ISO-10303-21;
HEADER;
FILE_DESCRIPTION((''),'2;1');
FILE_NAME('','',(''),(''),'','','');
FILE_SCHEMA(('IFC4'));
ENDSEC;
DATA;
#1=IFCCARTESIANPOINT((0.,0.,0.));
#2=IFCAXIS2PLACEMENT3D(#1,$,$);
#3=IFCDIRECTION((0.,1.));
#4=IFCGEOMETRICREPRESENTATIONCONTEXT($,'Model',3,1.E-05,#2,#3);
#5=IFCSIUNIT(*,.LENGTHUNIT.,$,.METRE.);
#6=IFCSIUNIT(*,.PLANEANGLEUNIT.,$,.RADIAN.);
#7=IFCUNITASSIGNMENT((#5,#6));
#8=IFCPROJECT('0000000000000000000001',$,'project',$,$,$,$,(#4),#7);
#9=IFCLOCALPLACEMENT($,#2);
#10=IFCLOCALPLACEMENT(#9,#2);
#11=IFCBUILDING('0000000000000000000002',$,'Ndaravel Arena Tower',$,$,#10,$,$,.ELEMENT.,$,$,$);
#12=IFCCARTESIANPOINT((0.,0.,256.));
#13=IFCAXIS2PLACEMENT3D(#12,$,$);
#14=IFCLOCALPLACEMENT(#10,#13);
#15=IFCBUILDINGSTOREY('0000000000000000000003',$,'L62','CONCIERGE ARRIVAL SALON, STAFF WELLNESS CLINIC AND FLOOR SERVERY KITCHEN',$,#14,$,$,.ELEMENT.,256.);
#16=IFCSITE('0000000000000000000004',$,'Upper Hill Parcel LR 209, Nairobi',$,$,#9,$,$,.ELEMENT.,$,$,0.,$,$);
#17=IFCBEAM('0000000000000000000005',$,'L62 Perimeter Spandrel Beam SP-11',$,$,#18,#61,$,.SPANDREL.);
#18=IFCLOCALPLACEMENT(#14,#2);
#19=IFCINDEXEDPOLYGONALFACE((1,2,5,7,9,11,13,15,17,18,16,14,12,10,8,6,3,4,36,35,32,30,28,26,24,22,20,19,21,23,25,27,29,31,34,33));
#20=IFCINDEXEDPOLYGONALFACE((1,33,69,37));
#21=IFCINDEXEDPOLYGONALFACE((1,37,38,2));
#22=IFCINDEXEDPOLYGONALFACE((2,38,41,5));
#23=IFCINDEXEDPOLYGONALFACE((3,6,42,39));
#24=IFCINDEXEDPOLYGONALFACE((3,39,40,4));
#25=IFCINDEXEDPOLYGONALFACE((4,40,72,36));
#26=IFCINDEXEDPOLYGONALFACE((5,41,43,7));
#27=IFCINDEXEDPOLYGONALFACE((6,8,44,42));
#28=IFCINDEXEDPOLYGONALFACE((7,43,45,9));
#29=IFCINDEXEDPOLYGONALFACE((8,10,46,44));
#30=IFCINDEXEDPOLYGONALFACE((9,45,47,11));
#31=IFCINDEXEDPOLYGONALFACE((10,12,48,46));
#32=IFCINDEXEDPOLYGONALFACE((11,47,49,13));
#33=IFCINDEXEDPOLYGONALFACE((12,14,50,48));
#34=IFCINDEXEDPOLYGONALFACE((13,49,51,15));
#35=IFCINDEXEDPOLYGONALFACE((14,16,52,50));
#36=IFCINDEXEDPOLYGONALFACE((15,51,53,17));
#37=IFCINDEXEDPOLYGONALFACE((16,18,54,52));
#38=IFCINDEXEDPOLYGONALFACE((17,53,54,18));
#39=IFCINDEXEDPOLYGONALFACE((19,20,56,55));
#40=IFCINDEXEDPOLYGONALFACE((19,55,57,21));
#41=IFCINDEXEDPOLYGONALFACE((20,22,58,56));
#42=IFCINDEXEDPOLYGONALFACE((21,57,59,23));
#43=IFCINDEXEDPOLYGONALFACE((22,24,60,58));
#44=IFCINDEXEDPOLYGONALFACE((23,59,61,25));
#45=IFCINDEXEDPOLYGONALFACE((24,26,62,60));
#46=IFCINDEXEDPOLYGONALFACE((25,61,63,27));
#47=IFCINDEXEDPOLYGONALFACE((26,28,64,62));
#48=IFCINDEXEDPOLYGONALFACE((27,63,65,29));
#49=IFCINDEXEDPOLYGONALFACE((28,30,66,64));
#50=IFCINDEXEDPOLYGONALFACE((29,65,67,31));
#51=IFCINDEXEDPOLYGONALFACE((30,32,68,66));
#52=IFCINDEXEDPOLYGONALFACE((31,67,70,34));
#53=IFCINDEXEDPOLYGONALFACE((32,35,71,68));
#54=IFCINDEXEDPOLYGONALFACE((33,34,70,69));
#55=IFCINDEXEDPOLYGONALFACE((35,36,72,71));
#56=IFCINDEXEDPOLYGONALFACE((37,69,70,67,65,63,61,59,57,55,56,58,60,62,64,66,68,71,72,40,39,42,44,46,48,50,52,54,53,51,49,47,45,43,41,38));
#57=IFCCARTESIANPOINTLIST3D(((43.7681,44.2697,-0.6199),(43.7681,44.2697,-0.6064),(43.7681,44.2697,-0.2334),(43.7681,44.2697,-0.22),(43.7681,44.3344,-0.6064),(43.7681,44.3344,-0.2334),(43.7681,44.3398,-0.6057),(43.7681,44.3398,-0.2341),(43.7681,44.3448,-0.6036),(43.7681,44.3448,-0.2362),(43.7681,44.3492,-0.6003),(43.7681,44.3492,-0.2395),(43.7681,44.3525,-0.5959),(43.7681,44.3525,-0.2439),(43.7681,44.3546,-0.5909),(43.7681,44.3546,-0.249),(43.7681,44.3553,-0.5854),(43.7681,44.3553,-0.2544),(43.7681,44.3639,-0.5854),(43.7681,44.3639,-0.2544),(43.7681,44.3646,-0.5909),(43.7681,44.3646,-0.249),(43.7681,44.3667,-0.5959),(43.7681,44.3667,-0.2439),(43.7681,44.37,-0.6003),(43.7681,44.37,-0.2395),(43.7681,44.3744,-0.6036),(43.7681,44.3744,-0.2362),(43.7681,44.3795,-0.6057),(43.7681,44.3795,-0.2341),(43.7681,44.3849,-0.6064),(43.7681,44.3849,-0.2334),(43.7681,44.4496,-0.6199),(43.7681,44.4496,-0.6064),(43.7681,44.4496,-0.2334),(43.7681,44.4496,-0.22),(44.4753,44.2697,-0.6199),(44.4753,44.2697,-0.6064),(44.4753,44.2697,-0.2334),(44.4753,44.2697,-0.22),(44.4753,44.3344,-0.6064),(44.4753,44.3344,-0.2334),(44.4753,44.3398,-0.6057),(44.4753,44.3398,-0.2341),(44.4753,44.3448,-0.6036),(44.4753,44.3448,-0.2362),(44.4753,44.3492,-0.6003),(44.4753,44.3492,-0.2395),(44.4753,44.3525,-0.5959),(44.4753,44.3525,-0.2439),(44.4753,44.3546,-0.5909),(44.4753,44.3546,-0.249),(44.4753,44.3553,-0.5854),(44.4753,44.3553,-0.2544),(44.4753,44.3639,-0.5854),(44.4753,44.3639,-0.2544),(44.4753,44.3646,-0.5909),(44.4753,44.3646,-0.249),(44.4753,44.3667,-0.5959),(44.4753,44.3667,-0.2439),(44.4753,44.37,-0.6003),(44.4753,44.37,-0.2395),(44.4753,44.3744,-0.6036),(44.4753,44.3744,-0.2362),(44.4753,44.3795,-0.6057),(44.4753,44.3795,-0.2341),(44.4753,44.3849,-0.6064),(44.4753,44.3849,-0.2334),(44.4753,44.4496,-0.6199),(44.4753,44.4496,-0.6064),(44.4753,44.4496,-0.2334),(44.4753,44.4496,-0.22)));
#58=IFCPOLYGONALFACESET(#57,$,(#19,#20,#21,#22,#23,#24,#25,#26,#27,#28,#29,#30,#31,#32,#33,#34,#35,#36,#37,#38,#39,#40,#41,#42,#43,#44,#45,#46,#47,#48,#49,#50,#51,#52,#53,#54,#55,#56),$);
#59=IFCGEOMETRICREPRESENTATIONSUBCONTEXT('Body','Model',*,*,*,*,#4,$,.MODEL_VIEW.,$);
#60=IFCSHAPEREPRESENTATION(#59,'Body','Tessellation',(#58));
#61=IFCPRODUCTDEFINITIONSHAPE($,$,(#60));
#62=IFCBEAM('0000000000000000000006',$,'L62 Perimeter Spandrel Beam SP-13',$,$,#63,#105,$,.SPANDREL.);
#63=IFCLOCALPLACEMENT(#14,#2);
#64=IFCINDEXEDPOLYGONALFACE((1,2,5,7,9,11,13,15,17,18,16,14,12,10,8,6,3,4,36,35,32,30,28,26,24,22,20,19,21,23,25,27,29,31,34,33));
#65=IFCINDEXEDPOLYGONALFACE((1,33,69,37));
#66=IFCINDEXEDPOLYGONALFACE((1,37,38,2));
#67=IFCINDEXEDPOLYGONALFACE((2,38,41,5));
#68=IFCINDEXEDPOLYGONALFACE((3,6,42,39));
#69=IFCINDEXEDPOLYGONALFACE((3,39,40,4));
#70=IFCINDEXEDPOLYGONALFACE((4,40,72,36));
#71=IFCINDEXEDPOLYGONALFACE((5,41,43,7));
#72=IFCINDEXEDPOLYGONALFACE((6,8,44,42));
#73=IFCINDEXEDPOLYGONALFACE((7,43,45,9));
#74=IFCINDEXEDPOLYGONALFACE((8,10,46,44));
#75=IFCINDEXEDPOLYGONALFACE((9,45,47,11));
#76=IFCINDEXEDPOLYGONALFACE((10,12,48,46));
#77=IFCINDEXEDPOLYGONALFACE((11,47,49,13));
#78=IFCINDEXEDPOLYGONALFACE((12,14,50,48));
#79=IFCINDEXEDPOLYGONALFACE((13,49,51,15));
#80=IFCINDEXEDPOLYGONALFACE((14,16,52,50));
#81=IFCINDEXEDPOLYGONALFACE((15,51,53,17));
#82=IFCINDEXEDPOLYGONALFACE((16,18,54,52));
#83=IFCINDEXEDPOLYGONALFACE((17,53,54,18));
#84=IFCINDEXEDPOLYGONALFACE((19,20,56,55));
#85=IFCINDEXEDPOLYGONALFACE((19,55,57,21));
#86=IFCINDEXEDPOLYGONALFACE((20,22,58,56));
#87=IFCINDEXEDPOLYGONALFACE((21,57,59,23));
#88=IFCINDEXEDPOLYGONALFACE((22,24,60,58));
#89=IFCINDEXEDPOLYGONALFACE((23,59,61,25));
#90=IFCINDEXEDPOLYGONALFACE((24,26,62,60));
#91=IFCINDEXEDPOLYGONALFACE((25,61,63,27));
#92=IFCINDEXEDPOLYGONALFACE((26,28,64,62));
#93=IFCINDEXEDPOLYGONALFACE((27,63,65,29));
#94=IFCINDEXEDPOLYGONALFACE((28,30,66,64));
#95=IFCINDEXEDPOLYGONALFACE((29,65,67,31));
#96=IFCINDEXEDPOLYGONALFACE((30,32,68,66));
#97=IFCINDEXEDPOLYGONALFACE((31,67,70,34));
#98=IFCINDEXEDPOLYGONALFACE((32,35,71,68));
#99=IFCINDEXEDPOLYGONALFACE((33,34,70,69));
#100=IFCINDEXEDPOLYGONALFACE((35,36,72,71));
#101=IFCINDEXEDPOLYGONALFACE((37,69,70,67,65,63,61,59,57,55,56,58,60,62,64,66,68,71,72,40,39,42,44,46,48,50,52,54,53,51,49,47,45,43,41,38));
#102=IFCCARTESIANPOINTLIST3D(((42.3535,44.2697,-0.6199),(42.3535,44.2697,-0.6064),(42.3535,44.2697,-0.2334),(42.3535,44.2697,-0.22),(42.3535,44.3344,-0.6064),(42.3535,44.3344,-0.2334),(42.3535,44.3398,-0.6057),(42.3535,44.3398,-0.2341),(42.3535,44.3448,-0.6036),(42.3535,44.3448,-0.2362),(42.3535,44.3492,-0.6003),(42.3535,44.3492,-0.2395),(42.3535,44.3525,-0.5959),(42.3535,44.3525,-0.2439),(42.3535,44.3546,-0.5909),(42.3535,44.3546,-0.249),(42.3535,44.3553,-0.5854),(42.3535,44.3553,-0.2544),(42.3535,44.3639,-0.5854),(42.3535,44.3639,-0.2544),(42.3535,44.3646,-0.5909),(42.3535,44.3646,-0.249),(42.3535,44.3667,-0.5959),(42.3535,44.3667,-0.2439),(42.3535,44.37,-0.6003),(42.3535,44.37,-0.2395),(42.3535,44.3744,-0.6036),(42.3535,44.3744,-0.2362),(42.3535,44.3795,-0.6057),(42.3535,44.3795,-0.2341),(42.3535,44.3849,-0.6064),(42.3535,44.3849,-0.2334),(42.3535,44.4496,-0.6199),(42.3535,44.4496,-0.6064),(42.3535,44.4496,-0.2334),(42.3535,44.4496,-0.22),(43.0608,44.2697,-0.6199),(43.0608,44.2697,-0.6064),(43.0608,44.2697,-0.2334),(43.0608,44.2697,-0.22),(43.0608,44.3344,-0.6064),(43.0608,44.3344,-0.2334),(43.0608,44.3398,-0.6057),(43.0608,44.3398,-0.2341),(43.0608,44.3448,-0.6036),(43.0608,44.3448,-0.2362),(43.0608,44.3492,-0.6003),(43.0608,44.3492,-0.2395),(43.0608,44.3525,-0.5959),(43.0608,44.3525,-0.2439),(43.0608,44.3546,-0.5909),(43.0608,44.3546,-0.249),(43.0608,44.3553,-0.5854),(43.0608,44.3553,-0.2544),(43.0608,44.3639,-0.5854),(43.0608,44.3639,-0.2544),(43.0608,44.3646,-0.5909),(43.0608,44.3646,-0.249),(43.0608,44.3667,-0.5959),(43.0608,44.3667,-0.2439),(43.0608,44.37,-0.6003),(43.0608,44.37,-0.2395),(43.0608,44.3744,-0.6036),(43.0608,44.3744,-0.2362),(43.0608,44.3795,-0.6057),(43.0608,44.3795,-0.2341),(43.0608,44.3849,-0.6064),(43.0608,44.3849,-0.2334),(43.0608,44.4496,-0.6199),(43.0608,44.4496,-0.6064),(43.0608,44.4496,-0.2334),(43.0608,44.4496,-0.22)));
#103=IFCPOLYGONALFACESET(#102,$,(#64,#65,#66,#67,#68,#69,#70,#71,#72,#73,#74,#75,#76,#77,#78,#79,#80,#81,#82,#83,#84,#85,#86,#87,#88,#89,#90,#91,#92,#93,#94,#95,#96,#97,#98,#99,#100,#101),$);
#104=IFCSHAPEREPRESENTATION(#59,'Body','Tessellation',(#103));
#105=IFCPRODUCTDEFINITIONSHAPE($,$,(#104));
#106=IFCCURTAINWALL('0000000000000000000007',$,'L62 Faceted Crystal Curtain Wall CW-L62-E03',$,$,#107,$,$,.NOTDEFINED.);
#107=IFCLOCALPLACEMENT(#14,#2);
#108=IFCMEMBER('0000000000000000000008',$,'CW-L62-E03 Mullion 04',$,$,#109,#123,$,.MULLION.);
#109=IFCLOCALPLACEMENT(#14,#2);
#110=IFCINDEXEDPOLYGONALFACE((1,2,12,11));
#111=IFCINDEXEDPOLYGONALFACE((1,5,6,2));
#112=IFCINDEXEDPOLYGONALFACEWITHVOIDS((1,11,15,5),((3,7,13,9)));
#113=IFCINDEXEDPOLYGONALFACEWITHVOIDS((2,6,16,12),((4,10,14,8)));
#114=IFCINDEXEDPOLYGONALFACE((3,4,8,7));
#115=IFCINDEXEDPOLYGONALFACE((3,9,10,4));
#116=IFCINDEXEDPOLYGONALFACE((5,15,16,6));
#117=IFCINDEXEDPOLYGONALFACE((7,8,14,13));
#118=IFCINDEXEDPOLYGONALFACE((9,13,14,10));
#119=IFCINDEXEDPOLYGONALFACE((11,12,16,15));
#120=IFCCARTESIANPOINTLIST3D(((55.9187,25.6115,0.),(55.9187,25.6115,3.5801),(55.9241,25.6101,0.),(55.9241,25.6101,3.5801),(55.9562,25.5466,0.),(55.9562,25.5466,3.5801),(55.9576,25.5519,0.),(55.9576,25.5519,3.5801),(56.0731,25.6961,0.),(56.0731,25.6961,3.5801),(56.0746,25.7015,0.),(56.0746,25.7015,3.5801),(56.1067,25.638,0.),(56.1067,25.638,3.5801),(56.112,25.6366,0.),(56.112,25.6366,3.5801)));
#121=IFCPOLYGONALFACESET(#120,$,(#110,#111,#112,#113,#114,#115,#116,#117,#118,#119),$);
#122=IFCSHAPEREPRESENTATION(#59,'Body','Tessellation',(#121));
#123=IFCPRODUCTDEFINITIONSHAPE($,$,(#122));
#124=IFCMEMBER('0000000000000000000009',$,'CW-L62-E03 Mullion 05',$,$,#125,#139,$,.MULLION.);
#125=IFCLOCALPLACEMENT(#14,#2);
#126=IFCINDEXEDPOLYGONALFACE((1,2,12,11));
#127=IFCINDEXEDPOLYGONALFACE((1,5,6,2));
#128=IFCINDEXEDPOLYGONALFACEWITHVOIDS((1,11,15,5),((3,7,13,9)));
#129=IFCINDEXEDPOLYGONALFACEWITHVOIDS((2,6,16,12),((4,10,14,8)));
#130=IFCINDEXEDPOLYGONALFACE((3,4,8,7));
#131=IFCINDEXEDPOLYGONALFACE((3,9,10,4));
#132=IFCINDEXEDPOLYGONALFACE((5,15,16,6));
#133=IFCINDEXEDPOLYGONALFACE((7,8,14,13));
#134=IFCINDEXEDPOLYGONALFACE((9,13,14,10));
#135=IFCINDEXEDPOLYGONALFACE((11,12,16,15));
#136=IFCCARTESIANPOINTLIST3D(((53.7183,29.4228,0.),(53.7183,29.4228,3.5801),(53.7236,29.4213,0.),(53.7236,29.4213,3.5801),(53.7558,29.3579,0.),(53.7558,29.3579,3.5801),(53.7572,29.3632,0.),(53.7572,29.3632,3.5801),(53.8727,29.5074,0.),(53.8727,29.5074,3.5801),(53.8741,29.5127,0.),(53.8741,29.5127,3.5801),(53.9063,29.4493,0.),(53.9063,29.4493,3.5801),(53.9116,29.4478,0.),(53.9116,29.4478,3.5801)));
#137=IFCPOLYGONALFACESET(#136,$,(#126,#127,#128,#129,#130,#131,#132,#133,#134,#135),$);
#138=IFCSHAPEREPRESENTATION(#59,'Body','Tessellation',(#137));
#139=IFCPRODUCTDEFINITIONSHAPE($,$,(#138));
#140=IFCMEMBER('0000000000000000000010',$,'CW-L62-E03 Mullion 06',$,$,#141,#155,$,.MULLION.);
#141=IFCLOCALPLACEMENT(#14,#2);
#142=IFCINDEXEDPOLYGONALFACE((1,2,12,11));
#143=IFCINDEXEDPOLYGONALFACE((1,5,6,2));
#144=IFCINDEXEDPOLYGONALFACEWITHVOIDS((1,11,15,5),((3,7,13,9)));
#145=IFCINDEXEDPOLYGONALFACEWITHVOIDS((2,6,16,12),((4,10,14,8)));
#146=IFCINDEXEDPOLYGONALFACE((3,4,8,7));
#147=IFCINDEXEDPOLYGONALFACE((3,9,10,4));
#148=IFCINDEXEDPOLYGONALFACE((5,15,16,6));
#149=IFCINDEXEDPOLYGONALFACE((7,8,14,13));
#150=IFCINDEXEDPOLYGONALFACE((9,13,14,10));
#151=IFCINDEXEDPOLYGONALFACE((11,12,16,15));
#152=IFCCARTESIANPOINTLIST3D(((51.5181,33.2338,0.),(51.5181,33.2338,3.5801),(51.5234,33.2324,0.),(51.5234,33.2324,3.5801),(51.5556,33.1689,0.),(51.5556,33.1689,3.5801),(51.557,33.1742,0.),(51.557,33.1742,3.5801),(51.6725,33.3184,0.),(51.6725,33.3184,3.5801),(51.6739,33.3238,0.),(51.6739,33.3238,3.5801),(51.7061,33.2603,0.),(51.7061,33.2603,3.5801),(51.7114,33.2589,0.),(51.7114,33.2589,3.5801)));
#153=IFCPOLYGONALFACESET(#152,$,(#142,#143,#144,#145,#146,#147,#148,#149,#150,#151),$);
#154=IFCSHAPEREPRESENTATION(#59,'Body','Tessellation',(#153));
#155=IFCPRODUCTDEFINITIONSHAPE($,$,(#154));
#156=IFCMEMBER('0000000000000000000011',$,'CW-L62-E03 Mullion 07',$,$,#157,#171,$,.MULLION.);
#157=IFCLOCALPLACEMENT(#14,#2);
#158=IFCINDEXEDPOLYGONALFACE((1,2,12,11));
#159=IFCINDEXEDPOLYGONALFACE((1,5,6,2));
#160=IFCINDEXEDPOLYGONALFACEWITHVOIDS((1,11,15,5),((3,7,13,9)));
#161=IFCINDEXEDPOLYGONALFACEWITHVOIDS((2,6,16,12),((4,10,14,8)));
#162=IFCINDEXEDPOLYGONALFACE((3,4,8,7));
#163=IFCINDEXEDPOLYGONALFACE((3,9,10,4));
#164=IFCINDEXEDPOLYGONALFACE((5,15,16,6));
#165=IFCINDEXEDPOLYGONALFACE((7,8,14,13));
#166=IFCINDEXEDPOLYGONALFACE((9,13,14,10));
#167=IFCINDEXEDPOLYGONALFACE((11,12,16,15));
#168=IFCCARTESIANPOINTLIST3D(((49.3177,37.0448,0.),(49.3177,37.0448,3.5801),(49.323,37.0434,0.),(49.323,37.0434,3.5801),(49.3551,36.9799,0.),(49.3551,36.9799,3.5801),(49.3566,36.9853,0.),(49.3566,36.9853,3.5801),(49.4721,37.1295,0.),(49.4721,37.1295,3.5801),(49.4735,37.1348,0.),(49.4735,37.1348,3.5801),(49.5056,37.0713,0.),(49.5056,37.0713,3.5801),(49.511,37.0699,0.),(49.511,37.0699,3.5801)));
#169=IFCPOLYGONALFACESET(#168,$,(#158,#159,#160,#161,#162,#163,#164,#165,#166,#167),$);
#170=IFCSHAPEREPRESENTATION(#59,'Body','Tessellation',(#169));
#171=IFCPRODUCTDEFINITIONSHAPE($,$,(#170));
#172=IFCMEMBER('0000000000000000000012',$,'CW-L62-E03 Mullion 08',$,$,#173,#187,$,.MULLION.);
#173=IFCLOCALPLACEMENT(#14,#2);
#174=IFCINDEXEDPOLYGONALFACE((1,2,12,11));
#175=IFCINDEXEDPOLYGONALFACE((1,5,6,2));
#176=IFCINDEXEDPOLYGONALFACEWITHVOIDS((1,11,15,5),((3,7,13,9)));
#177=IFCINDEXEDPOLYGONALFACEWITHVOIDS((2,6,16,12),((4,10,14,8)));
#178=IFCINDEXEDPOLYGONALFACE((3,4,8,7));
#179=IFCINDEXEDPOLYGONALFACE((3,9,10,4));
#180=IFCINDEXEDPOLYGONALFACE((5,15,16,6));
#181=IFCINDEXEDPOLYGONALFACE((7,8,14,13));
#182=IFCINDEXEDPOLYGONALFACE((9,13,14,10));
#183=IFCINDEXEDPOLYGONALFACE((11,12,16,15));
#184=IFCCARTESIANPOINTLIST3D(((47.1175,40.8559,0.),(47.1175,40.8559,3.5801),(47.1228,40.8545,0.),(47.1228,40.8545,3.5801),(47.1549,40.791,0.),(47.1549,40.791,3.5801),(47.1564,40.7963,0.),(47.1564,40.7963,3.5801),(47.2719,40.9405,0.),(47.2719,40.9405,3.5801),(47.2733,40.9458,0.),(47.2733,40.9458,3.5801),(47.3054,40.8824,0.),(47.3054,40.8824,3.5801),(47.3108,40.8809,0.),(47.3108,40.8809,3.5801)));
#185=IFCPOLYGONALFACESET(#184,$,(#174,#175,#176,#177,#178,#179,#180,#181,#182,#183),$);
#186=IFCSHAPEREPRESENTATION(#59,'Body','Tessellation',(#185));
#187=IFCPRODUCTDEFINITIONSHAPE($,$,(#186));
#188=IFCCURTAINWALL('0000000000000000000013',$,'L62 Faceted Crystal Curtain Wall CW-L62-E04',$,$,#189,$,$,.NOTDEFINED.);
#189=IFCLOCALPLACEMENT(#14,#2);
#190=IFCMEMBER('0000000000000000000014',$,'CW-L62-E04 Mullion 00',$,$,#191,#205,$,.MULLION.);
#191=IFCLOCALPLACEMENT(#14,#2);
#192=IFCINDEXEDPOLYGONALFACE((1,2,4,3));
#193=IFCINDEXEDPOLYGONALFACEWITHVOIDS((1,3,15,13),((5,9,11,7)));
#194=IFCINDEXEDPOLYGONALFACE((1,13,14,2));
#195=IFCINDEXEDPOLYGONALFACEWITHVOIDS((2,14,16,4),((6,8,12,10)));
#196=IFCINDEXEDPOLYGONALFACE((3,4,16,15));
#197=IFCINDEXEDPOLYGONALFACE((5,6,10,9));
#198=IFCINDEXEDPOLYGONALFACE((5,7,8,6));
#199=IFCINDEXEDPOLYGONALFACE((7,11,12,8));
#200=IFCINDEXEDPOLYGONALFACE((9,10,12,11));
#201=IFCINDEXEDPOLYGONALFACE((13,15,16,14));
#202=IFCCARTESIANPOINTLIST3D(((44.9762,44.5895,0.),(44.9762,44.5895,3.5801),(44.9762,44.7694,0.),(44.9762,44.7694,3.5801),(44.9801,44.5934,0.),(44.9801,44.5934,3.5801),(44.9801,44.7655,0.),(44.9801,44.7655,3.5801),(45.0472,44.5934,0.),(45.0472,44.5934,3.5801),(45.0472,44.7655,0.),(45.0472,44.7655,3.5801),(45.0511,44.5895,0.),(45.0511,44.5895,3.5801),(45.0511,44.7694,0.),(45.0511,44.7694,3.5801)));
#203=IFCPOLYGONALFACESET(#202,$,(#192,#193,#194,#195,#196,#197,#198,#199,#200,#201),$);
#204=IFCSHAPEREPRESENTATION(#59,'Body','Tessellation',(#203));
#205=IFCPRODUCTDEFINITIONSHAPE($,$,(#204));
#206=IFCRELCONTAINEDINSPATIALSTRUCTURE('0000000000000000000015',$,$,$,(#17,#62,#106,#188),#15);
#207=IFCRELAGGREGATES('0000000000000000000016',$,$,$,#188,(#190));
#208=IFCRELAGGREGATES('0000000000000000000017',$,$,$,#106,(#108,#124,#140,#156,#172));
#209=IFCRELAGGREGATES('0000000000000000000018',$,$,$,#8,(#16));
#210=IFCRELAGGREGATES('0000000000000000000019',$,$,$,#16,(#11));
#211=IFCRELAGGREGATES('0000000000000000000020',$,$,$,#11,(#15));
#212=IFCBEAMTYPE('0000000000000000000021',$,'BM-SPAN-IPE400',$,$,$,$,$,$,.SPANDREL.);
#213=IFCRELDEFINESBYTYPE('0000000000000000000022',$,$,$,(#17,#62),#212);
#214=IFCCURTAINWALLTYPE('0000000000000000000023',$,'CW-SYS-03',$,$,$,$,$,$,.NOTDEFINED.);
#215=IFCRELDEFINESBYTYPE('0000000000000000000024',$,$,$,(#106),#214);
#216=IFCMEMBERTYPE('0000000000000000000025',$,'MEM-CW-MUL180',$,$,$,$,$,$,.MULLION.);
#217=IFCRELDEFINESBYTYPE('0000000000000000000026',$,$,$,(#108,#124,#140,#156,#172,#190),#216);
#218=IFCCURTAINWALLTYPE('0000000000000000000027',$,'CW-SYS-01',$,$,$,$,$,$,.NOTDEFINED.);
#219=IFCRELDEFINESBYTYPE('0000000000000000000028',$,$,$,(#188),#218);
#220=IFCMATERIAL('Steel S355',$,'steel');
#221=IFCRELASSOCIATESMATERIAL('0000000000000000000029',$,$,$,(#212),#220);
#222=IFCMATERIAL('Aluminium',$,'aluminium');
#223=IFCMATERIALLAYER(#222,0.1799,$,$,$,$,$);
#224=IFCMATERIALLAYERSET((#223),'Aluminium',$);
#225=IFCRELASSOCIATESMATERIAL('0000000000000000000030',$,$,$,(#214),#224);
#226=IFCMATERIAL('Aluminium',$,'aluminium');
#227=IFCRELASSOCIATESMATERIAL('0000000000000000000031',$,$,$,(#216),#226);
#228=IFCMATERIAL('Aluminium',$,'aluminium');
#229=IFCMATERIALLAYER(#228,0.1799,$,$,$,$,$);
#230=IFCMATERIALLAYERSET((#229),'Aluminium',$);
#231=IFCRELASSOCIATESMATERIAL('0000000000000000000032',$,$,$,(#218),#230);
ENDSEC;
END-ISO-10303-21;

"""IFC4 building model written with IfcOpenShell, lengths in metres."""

from ifc_helpers import new_model, si_unit, direction, frame, origin, origin_2d, place, context, subcontext, project, spatial, hollow_rectangle, i_section, extrude, material, layer, layer_set, material_profile, profile_set, type_object, element, aggregate, save


model = new_model("IFC4")

# Units and contexts
model_context = context("Model", 3, precision=1e-05, world=origin(), true_north=direction((0.0, 1.0)))
body_context = subcontext(model_context, "Body", "Model", "MODEL_VIEW")
ifc_project = project(units=[si_unit("LENGTHUNIT", "METRE"), si_unit("PLANEANGLEUNIT", "RADIAN")], contexts=[model_context])

# Site, building, storey
site_placement = place(None, origin())
site = spatial("IfcSite", under=ifc_project, at=site_placement, Name="Upper Hill Parcel LR 209, Nairobi", CompositionType="ELEMENT", RefElevation=0.0)
building_placement = place(site_placement, origin())
building = spatial("IfcBuilding", under=site, at=building_placement, Name="Ndaravel Arena Tower", CompositionType="ELEMENT")
storey_placement = place(building_placement, frame((0.0, 0.0, 256.0)))
storey = spatial("IfcBuildingStorey", under=building, at=storey_placement, Name="L62", Description="CONCIERGE ARRIVAL SALON, STAFF WELLNESS CLINIC AND FLOOR SERVERY KITCHEN", CompositionType="ELEMENT", Elevation=256.0)

# Beams
ifc_material_1 = material(Name="Steel S355", Category="steel")
ifc_material_profile_1 = material_profile(ifc_material_1, i_section(OverallWidth=0.1799, OverallDepth=0.3999, WebThickness=0.0085, FlangeThickness=0.0134, FilletRadius=0.021, at=origin_2d()), Name="IPE 400")
ifc_profile_set_1 = profile_set([ifc_material_profile_1], Name="Steel S355")
beam_type_1 = type_object("IfcBeamType", Name="BM-SPAN-IPE400", PredefinedType="SPANDREL", material=ifc_profile_set_1)
for number, where, z_axis, x_axis, name in (
    (1, (44.4753, 44.3596, -0.4199), (-1.0, 0.0, 0.0), (0.0, -1.0, 0.0), "L62 Perimeter Spandrel Beam SP-11"),
    (2, (43.0608, 44.3596, -0.4199), (-1.0, 0.0, 0.0), (0.0, -1.0, 0.0), "L62 Perimeter Spandrel Beam SP-13"),
):
    element("IfcBeam", number, at=place(storey_placement, frame(where, z_axis=z_axis, x_axis=x_axis)), inside=storey, type_object=beam_type_1, Name=name, PredefinedType="SPANDREL", context=body_context, shape_type="SweptSolid", body=[
        extrude(i_section(OverallWidth=0.1799, OverallDepth=0.3999, WebThickness=0.0085, FlangeThickness=0.0134, FilletRadius=0.021, at=origin_2d()), origin(), (0.0, 0.0, 1.0), 0.7073),
    ])

# Curtain walls, members
ifc_material_2 = material(Name="Aluminium", Category="aluminium")
ifc_layer_1 = layer(ifc_material_2, 0.1799)
ifc_layer_set_1 = layer_set([ifc_layer_1], Name="Aluminium")
curtain_wall_type_1 = type_object("IfcCurtainWallType", Name="CW-SYS-03", PredefinedType="NOTDEFINED", material=ifc_layer_set_1)
curtain_wall_1_placement = place(storey_placement, origin())
curtain_wall_1 = element("IfcCurtainWall", 3, at=curtain_wall_1_placement, inside=storey, type_object=curtain_wall_type_1, Name="L62 Faceted Crystal Curtain Wall CW-L62-E03", PredefinedType="NOTDEFINED")
ifc_material_3 = material(Name="Aluminium", Category="aluminium")
ifc_material_profile_2 = material_profile(ifc_material_3, hollow_rectangle(XDim=0.075, YDim=0.1799, WallThickness=0.0039, at=origin_2d()), Name="CW MULLION 75x180x4")
ifc_profile_set_2 = profile_set([ifc_material_profile_2], Name="Aluminium")
member_type_1 = type_object("IfcMemberType", Name="MEM-CW-MUL180", PredefinedType="MULLION", material=ifc_profile_set_2)
member_1_placement = place(storey_placement, frame((56.0154, 25.624, 0.0), z_axis=(0.0, 0.0, 1.0), x_axis=(-0.5, 0.866025, 0.0)))
member_1 = element("IfcMember", 4, at=member_1_placement, type_object=member_type_1, Name="CW-L62-E03 Mullion 04", PredefinedType="MULLION", context=body_context, shape_type="SweptSolid", body=[
    extrude(hollow_rectangle(XDim=0.075, YDim=0.1799, WallThickness=0.0039, at=origin_2d()), origin(), (0.0, 0.0, 1.0), 3.5801),
])
member_2_placement = place(storey_placement, frame((53.8149, 29.4353, 0.0), z_axis=(0.0, 0.0, 1.0), x_axis=(-0.5, 0.866025, 0.0)))
member_2 = element("IfcMember", 5, at=member_2_placement, type_object=member_type_1, Name="CW-L62-E03 Mullion 05", PredefinedType="MULLION", context=body_context, shape_type="SweptSolid", body=[
    extrude(hollow_rectangle(XDim=0.075, YDim=0.1799, WallThickness=0.0039, at=origin_2d()), origin(), (0.0, 0.0, 1.0), 3.5801),
])
member_3_placement = place(storey_placement, frame((51.6147, 33.2463, 0.0), z_axis=(0.0, 0.0, 1.0), x_axis=(-0.5, 0.866025, 0.0)))
member_3 = element("IfcMember", 6, at=member_3_placement, type_object=member_type_1, Name="CW-L62-E03 Mullion 06", PredefinedType="MULLION", context=body_context, shape_type="SweptSolid", body=[
    extrude(hollow_rectangle(XDim=0.075, YDim=0.1799, WallThickness=0.0039, at=origin_2d()), origin(), (0.0, 0.0, 1.0), 3.5801),
])
member_4_placement = place(storey_placement, frame((49.4143, 37.0574, 0.0), z_axis=(0.0, 0.0, 1.0), x_axis=(-0.5, 0.866025, 0.0)))
member_4 = element("IfcMember", 7, at=member_4_placement, type_object=member_type_1, Name="CW-L62-E03 Mullion 07", PredefinedType="MULLION", context=body_context, shape_type="SweptSolid", body=[
    extrude(hollow_rectangle(XDim=0.075, YDim=0.1799, WallThickness=0.0039, at=origin_2d()), origin(), (0.0, 0.0, 1.0), 3.5801),
])
member_5_placement = place(storey_placement, frame((47.2141, 40.8684, 0.0), z_axis=(0.0, 0.0, 1.0), x_axis=(-0.5, 0.866025, 0.0)))
member_5 = element("IfcMember", 8, at=member_5_placement, type_object=member_type_1, Name="CW-L62-E03 Mullion 08", PredefinedType="MULLION", context=body_context, shape_type="SweptSolid", body=[
    extrude(hollow_rectangle(XDim=0.075, YDim=0.1799, WallThickness=0.0039, at=origin_2d()), origin(), (0.0, 0.0, 1.0), 3.5801),
])
ifc_material_4 = material(Name="Aluminium", Category="aluminium")
ifc_layer_2 = layer(ifc_material_4, 0.1799)
ifc_layer_set_2 = layer_set([ifc_layer_2], Name="Aluminium")
curtain_wall_type_2 = type_object("IfcCurtainWallType", Name="CW-SYS-01", PredefinedType="NOTDEFINED", material=ifc_layer_set_2)
curtain_wall_2_placement = place(storey_placement, origin())
curtain_wall_2 = element("IfcCurtainWall", 9, at=curtain_wall_2_placement, inside=storey, type_object=curtain_wall_type_2, Name="L62 Faceted Crystal Curtain Wall CW-L62-E04", PredefinedType="NOTDEFINED")
member_6_placement = place(storey_placement, frame((45.0137, 44.6794, 0.0), z_axis=(0.0, 0.0, 1.0), x_axis=(-1.0, 0.0, 0.0)))
member_6 = element("IfcMember", 10, at=member_6_placement, type_object=member_type_1, Name="CW-L62-E04 Mullion 00", PredefinedType="MULLION", context=body_context, shape_type="SweptSolid", body=[
    extrude(hollow_rectangle(XDim=0.075, YDim=0.1799, WallThickness=0.0039, at=origin_2d()), origin(), (0.0, 0.0, 1.0), 3.5801),
])
aggregate(curtain_wall_2, [member_6])

aggregate(curtain_wall_1, [member_1, member_2, member_3, member_4, member_5])

save(model, "model.ifc")
